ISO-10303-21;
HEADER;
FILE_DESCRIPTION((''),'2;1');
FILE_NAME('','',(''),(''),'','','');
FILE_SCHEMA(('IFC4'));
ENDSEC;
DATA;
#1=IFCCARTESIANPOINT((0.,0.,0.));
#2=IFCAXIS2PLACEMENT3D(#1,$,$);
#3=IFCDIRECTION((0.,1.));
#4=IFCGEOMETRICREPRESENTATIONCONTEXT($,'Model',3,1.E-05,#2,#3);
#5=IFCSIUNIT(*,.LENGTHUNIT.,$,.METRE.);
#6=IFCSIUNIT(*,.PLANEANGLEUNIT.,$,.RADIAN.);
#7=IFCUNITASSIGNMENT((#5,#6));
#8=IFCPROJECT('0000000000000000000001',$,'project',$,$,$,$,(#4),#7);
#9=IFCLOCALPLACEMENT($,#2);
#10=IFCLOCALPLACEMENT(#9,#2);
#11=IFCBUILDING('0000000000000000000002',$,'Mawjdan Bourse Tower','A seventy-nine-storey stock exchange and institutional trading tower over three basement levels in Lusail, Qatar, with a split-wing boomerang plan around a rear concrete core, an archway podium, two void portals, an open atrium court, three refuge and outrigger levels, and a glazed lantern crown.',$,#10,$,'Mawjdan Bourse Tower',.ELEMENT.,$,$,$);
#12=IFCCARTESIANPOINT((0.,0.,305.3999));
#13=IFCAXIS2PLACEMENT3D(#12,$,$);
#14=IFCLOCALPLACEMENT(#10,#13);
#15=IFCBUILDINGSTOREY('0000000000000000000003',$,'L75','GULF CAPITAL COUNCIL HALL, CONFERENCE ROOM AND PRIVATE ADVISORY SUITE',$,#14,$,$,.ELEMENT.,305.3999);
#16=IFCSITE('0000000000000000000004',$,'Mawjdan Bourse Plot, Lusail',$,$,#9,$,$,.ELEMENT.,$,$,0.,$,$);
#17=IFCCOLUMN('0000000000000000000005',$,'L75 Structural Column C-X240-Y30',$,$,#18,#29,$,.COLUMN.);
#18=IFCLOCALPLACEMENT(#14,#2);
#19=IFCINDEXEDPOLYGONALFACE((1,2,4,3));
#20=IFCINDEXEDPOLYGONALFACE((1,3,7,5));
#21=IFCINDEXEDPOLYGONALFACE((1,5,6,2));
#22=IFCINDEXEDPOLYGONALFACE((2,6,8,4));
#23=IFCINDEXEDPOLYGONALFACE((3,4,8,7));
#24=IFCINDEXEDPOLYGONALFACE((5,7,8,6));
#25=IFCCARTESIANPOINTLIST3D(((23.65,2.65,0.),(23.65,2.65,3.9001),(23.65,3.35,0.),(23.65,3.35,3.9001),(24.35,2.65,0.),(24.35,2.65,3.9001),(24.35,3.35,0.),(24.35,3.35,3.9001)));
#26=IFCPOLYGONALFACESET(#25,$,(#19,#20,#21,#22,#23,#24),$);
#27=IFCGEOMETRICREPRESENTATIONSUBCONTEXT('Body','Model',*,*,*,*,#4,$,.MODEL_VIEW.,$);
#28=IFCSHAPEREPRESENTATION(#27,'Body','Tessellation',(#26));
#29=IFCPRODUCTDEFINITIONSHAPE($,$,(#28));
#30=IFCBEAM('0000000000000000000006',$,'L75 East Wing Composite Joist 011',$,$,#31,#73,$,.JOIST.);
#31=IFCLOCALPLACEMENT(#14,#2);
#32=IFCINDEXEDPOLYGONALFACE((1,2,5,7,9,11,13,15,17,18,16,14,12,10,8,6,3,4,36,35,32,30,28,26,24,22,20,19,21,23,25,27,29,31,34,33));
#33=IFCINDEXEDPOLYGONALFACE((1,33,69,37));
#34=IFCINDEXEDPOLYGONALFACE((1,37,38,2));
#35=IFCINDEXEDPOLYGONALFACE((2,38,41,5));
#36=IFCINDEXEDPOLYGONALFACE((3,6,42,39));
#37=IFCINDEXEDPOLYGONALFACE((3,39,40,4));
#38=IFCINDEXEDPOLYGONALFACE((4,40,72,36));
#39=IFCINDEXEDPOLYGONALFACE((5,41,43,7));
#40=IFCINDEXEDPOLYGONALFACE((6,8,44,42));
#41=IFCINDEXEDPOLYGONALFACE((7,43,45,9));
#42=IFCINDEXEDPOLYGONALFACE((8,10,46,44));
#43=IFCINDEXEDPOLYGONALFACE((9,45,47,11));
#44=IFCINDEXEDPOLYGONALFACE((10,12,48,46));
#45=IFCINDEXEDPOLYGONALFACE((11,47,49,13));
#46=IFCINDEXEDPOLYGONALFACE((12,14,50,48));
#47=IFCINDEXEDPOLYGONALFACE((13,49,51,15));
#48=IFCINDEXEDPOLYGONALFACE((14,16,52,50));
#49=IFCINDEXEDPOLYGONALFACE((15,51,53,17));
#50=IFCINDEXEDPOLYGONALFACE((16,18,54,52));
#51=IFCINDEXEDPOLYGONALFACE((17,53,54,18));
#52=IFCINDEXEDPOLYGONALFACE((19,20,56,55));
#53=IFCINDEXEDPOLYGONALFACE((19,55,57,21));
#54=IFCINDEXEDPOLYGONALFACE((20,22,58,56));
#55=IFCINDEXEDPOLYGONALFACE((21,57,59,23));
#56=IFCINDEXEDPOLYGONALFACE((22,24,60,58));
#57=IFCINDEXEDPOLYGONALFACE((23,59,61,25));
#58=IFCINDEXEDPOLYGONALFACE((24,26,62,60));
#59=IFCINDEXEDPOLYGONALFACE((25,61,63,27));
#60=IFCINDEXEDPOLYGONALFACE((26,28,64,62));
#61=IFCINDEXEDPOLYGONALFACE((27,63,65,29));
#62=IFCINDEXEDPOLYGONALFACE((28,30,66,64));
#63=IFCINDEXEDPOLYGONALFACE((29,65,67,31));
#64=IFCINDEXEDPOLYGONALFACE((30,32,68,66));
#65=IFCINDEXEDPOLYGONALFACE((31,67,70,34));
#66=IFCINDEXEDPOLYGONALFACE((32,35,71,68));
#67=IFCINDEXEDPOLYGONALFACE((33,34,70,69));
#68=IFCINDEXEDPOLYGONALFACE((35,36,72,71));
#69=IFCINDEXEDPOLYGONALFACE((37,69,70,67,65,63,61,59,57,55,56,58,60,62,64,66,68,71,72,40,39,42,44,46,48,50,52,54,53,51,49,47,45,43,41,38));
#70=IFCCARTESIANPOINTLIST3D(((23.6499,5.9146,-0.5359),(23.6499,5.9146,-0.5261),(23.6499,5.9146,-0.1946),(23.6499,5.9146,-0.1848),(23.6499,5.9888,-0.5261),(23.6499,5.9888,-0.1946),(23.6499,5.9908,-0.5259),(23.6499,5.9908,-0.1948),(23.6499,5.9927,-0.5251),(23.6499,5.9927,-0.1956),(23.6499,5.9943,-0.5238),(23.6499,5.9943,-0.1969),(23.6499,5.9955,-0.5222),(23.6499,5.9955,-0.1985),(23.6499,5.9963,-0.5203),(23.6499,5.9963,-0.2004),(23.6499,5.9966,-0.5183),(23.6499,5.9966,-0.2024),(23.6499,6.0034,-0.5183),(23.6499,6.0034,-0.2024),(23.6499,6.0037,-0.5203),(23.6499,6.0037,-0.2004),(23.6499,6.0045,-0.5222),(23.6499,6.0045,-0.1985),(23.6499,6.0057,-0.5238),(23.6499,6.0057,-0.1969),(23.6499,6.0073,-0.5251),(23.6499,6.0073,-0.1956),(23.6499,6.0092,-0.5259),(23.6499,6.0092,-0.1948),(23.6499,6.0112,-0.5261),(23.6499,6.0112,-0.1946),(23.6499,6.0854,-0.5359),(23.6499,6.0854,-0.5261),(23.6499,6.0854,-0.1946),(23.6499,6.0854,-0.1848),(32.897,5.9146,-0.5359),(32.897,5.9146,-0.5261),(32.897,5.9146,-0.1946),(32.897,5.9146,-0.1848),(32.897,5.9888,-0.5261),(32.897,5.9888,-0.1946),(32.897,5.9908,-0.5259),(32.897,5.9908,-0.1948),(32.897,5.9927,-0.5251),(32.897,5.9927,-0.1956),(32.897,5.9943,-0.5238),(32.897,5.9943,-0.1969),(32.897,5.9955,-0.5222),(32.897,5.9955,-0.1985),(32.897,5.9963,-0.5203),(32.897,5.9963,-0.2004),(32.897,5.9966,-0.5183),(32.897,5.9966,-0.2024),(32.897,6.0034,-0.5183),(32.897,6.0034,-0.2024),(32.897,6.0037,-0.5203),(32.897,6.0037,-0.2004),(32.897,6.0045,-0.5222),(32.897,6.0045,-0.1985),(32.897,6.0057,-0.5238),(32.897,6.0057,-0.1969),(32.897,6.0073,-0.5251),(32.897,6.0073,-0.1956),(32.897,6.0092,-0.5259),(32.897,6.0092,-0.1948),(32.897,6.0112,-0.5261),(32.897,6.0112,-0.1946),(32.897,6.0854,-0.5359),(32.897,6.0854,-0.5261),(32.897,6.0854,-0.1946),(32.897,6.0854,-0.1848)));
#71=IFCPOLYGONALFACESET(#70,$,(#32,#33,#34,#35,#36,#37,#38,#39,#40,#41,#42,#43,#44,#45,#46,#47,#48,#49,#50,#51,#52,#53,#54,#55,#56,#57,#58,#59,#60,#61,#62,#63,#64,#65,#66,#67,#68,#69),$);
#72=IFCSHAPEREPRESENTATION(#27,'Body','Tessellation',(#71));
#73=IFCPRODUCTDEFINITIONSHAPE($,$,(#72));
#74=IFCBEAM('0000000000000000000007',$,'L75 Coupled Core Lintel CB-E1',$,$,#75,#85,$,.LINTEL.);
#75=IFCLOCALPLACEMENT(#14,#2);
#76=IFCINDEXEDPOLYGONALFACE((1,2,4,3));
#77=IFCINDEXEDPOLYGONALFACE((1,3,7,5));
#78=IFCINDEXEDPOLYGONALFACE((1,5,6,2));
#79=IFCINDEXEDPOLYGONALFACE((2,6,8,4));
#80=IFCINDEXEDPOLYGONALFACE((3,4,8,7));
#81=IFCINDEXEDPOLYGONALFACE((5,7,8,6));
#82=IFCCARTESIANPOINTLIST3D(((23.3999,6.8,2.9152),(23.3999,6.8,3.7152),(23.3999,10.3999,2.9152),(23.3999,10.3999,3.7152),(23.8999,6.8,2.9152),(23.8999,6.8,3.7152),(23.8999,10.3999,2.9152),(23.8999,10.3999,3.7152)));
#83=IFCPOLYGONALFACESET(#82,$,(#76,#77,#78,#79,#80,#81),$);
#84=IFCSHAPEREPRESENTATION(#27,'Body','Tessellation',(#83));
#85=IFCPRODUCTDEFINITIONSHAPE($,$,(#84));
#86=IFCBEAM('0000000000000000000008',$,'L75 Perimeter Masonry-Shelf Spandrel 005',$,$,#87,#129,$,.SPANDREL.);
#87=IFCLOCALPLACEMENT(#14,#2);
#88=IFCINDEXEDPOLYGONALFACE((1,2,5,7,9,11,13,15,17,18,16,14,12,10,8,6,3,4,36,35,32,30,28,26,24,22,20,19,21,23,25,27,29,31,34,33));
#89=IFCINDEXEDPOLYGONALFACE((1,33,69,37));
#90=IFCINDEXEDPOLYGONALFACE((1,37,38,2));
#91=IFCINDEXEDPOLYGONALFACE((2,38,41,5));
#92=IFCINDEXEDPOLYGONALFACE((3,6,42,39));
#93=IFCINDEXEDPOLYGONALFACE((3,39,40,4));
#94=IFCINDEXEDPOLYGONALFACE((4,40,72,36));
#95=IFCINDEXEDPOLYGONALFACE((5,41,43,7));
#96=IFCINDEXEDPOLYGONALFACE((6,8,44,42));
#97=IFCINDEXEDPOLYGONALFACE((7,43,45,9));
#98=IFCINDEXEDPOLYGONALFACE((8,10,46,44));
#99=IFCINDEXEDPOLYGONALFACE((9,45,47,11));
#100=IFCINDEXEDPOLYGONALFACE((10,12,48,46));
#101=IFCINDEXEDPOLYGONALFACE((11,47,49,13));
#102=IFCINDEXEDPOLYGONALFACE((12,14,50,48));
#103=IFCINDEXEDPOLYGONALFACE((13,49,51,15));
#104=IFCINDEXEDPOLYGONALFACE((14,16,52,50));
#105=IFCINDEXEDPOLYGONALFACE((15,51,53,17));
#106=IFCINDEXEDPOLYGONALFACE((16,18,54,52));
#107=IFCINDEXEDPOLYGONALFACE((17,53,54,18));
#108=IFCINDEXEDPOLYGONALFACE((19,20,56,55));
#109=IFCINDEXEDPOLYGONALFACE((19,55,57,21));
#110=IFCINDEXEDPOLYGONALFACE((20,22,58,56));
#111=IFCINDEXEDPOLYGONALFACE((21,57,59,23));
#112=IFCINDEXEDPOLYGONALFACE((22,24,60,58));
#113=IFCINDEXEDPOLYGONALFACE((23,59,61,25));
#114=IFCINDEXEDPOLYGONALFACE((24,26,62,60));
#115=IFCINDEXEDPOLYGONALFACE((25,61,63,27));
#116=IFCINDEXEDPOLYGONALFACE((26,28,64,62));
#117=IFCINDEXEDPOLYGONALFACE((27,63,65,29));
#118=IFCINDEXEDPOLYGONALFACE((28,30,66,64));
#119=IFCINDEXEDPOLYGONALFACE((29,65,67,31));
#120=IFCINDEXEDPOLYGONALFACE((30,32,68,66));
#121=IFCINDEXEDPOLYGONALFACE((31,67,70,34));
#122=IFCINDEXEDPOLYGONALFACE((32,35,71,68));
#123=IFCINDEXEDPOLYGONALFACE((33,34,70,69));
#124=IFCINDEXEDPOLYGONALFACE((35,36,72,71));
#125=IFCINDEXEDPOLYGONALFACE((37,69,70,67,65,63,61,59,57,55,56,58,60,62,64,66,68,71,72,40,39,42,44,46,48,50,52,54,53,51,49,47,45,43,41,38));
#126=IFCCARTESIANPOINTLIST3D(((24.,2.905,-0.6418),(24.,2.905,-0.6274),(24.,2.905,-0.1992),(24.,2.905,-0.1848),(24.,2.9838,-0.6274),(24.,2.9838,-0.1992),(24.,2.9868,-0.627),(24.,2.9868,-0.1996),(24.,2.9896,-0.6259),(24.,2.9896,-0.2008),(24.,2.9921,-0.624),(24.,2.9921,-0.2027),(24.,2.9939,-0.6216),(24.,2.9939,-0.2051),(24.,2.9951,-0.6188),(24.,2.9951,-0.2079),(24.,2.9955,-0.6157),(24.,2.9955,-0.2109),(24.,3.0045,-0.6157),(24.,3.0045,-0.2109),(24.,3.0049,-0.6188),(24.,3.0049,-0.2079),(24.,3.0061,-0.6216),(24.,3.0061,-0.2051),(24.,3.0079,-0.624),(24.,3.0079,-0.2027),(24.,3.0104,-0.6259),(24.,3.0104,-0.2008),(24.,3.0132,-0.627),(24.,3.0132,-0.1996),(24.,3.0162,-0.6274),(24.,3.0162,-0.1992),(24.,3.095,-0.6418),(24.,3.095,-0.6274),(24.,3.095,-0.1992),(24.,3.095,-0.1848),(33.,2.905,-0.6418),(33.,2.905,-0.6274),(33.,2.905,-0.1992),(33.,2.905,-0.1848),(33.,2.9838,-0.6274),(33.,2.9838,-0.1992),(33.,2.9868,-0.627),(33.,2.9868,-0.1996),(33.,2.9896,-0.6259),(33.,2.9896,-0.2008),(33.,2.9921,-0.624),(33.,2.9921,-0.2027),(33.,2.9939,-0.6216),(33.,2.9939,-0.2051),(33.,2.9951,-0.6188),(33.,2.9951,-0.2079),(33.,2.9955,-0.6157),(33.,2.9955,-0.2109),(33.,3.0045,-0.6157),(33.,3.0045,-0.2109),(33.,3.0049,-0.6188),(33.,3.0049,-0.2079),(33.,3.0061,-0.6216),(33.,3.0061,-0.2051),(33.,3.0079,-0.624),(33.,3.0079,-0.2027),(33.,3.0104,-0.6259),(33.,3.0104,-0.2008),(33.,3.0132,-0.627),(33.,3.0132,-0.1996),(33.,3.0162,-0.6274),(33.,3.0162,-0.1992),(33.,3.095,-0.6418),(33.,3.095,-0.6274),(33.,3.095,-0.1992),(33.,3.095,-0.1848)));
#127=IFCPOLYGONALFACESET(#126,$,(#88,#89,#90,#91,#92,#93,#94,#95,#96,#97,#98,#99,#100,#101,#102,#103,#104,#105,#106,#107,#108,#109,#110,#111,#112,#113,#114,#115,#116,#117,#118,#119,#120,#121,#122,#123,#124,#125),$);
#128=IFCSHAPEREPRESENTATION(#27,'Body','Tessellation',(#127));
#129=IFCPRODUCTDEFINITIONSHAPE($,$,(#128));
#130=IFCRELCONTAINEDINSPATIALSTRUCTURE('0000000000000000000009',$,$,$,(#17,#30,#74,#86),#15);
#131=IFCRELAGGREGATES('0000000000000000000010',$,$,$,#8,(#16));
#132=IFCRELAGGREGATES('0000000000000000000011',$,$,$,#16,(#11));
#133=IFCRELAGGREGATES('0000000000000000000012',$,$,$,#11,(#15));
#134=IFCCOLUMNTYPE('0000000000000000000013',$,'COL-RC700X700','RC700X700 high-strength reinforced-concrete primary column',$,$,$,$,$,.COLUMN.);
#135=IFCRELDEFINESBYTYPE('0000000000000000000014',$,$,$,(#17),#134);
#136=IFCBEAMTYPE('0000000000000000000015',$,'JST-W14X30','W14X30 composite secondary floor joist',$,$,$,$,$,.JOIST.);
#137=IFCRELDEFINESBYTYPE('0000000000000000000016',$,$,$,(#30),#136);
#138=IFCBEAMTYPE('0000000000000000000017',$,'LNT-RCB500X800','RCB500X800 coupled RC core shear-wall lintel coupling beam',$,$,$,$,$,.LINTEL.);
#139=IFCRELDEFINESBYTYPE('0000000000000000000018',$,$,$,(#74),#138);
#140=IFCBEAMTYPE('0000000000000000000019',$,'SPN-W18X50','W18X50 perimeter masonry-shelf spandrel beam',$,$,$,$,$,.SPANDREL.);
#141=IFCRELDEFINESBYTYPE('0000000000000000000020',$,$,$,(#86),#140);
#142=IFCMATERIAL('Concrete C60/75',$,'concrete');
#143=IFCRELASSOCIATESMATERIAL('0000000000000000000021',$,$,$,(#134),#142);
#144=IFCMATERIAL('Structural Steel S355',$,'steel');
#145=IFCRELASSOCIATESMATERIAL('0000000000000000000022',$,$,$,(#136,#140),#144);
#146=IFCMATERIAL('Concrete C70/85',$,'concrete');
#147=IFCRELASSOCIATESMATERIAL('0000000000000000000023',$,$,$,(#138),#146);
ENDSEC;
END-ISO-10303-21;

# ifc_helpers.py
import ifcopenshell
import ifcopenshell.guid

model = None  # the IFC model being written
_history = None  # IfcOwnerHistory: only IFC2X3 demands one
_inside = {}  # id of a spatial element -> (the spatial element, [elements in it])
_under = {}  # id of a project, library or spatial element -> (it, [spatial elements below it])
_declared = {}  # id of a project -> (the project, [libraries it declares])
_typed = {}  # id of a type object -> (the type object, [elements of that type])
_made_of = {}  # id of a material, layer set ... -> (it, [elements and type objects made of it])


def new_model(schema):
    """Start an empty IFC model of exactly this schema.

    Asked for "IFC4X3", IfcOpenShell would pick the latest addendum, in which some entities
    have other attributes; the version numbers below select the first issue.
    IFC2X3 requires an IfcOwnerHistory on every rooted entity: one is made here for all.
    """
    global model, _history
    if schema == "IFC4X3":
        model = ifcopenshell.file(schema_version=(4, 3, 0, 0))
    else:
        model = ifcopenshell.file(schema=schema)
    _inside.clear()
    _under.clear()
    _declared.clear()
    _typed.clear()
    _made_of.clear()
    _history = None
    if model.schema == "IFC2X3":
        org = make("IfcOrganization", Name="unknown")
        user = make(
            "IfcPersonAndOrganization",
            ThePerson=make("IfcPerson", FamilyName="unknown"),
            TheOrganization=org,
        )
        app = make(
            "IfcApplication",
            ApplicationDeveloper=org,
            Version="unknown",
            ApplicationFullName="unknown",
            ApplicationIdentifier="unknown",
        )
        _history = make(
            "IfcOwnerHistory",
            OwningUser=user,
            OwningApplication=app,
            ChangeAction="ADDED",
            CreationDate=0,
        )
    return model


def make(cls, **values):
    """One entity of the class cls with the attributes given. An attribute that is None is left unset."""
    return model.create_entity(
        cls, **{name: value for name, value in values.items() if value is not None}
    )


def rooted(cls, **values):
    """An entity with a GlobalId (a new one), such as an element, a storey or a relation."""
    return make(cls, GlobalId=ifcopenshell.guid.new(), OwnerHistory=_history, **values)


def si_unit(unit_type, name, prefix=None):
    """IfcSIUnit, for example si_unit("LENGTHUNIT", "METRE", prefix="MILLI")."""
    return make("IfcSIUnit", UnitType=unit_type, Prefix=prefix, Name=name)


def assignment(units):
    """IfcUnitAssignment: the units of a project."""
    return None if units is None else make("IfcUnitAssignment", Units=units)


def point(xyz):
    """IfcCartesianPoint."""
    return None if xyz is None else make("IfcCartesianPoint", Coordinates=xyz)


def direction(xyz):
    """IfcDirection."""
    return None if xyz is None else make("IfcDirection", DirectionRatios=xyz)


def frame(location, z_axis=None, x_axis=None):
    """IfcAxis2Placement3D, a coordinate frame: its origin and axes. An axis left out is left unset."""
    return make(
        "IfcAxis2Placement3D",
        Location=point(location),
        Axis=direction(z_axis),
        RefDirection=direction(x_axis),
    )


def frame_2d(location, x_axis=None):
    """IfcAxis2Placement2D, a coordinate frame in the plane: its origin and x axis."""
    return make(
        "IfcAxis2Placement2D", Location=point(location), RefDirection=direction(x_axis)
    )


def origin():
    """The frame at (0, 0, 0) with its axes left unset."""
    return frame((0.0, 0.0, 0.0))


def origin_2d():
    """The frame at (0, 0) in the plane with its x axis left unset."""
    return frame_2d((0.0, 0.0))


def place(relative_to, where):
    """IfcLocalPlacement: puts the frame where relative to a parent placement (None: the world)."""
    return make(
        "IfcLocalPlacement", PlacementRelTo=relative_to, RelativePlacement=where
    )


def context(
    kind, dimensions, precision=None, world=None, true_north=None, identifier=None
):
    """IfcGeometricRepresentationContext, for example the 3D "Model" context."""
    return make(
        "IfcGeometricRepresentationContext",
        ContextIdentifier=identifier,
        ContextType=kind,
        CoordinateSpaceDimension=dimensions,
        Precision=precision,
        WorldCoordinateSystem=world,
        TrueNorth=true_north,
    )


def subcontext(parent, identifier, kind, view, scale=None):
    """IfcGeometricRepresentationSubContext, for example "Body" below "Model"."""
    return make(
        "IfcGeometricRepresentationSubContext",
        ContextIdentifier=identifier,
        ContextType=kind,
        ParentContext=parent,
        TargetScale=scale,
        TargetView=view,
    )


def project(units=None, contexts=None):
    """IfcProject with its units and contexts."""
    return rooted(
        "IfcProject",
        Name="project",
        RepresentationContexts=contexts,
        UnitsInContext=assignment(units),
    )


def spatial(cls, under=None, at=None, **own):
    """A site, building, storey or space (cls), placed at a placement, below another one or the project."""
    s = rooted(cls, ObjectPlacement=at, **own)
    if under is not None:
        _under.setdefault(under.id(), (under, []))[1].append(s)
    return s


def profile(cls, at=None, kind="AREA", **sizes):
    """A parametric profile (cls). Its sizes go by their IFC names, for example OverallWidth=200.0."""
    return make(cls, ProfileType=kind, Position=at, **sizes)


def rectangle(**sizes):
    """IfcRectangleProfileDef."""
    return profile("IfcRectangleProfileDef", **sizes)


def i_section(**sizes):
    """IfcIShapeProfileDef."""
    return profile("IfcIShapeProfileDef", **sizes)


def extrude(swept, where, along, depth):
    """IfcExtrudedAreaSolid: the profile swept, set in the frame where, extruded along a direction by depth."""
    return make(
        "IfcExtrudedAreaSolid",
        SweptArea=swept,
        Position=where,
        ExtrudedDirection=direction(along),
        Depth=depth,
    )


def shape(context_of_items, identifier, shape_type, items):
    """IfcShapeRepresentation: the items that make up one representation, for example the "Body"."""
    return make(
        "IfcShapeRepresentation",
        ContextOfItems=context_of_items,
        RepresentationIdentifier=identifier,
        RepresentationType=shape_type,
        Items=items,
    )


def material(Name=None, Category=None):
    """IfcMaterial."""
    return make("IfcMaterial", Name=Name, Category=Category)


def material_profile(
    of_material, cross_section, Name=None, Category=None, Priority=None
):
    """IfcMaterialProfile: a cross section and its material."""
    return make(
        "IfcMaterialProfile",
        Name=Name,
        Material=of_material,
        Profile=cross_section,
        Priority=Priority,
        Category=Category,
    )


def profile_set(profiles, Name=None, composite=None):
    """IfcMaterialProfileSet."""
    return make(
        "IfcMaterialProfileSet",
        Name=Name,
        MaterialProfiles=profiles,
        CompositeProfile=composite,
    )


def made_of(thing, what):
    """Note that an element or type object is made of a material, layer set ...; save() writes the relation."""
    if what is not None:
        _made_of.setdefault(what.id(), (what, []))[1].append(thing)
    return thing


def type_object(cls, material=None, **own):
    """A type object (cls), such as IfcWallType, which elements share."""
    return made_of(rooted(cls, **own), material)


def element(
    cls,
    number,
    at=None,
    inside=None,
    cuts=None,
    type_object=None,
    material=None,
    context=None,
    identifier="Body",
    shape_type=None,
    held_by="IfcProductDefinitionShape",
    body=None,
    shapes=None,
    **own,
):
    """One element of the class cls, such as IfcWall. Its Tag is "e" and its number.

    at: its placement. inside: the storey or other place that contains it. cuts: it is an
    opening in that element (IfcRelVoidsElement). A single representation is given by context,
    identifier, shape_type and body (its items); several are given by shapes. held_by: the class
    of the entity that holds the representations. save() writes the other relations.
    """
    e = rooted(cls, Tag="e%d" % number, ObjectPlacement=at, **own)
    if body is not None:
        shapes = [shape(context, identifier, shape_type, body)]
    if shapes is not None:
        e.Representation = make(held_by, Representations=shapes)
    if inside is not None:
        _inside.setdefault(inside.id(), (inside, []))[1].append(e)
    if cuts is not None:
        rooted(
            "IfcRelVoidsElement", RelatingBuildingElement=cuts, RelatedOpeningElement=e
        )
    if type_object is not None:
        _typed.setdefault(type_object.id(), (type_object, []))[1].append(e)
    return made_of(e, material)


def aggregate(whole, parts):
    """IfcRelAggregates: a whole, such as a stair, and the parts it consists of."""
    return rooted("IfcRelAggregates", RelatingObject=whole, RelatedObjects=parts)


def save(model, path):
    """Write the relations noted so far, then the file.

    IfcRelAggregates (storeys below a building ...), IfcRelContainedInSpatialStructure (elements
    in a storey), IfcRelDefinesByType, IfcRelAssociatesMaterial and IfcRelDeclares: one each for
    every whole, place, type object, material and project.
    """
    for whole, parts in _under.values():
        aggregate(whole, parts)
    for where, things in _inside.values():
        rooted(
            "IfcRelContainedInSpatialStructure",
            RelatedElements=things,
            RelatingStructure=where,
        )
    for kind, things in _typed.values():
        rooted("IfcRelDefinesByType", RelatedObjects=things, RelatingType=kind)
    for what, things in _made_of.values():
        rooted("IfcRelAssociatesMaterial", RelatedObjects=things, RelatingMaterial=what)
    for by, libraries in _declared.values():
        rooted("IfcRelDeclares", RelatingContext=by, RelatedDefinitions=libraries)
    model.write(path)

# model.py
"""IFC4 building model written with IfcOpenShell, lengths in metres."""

from ifc_helpers import new_model, si_unit, direction, frame, origin, origin_2d, place, context, subcontext, project, spatial, rectangle, i_section, extrude, material, material_profile, profile_set, type_object, element, save


model = new_model("IFC4")

# Units and contexts
model_context = context("Model", 3, precision=1e-05, world=origin(), true_north=direction((0.0, 1.0)))
body_context = subcontext(model_context, "Body", "Model", "MODEL_VIEW")
ifc_project = project(units=[si_unit("LENGTHUNIT", "METRE"), si_unit("PLANEANGLEUNIT", "RADIAN")], contexts=[model_context])

# Site, building, storey
site_placement = place(None, origin())
site = spatial("IfcSite", under=ifc_project, at=site_placement, Name="Mawjdan Bourse Plot, Lusail", CompositionType="ELEMENT", RefElevation=0.0)
building_placement = place(site_placement, origin())
building = spatial("IfcBuilding", under=site, at=building_placement, Name="Mawjdan Bourse Tower", Description="A seventy-nine-storey stock exchange and institutional trading tower over three basement levels in Lusail, Qatar, with a split-wing boomerang plan around a rear concrete core, an archway podium, two void portals, an open atrium court, three refuge and outrigger levels, and a glazed lantern crown.", LongName="Mawjdan Bourse Tower", CompositionType="ELEMENT")
storey_placement = place(building_placement, frame((0.0, 0.0, 305.3999)))
storey = spatial("IfcBuildingStorey", under=building, at=storey_placement, Name="L75", Description="GULF CAPITAL COUNCIL HALL, CONFERENCE ROOM AND PRIVATE ADVISORY SUITE", CompositionType="ELEMENT", Elevation=305.3999)

# Column
ifc_material_1 = material(Name="Concrete C60/75", Category="concrete")
ifc_material_profile_1 = material_profile(ifc_material_1, rectangle(XDim=0.7, YDim=0.7, at=origin_2d()), Name="RC700X700")
ifc_profile_set_1 = profile_set([ifc_material_profile_1], Name="Concrete C60/75")
column_type = type_object("IfcColumnType", Name="COL-RC700X700", Description="RC700X700 high-strength reinforced-concrete primary column", PredefinedType="COLUMN", material=ifc_profile_set_1)
column_placement = place(storey_placement, frame((24.0, 3.0, 0.0), z_axis=(0.0, 0.0, 1.0), x_axis=(1.0, 0.0, 0.0)))
element("IfcColumn", 1, at=column_placement, inside=storey, type_object=column_type, Name="L75 Structural Column C-X240-Y30", PredefinedType="COLUMN", context=body_context, shape_type="SweptSolid", body=[
    extrude(rectangle(XDim=0.7, YDim=0.7, at=origin_2d()), origin(), (0.0, 0.0, 1.0), 3.9001),
])

# Beams
ifc_material_2 = material(Name="Structural Steel S355", Category="steel")
ifc_material_profile_2 = material_profile(ifc_material_2, i_section(OverallWidth=0.1709, OverallDepth=0.3511, WebThickness=0.0068, FlangeThickness=0.0098, FilletRadius=0.0078, at=origin_2d()), Name="W14X30")
ifc_profile_set_2 = profile_set([ifc_material_profile_2], Name="Structural Steel S355")
beam_type_1 = type_object("IfcBeamType", Name="JST-W14X30", Description="W14X30 composite secondary floor joist", PredefinedType="JOIST", material=ifc_profile_set_2)
beam_1_placement = place(storey_placement, frame((23.6499, 6.0, -0.3604), z_axis=(1.0, 0.0, 0.0), x_axis=(0.0, 1.0, 0.0)))
element("IfcBeam", 2, at=beam_1_placement, inside=storey, type_object=beam_type_1, Name="L75 East Wing Composite Joist 011", PredefinedType="JOIST", context=body_context, shape_type="SweptSolid", body=[
    extrude(i_section(OverallWidth=0.1709, OverallDepth=0.3511, WebThickness=0.0068, FlangeThickness=0.0098, FilletRadius=0.0078, at=origin_2d()), origin(), (0.0, 0.0, 1.0), 9.2471),
])
ifc_material_3 = material(Name="Concrete C70/85", Category="concrete")
ifc_material_profile_3 = material_profile(ifc_material_3, rectangle(XDim=0.5, YDim=0.8, at=origin_2d()), Name="RCB500X800")
ifc_profile_set_3 = profile_set([ifc_material_profile_3], Name="Concrete C70/85")
beam_type_2 = type_object("IfcBeamType", Name="LNT-RCB500X800", Description="RCB500X800 coupled RC core shear-wall lintel coupling beam", PredefinedType="LINTEL", material=ifc_profile_set_3)
beam_2_placement = place(storey_placement, frame((23.6499, 6.8, 3.3152), z_axis=(0.0, 1.0, 0.0), x_axis=(-1.0, 0.0, 0.0)))
element("IfcBeam", 3, at=beam_2_placement, inside=storey, type_object=beam_type_2, Name="L75 Coupled Core Lintel CB-E1", PredefinedType="LINTEL", context=body_context, shape_type="SweptSolid", body=[
    extrude(rectangle(XDim=0.5, YDim=0.8, at=origin_2d()), origin(), (0.0, 0.0, 1.0), 3.5999),
])
ifc_material_profile_4 = material_profile(ifc_material_2, i_section(OverallWidth=0.1899, OverallDepth=0.457, WebThickness=0.009, FlangeThickness=0.0144, FilletRadius=0.0117, at=origin_2d()), Name="W18X50")
ifc_profile_set_4 = profile_set([ifc_material_profile_4], Name="Structural Steel S355")
beam_type_3 = type_object("IfcBeamType", Name="SPN-W18X50", Description="W18X50 perimeter masonry-shelf spandrel beam", PredefinedType="SPANDREL", material=ifc_profile_set_4)
beam_3_placement = place(storey_placement, frame((24.0, 3.0, -0.4133), z_axis=(1.0, 0.0, 0.0), x_axis=(0.0, 1.0, 0.0)))
element("IfcBeam", 4, at=beam_3_placement, inside=storey, type_object=beam_type_3, Name="L75 Perimeter Masonry-Shelf Spandrel 005", PredefinedType="SPANDREL", context=body_context, shape_type="SweptSolid", body=[
    extrude(i_section(OverallWidth=0.1899, OverallDepth=0.457, WebThickness=0.009, FlangeThickness=0.0144, FilletRadius=0.0117, at=origin_2d()), origin(), (0.0, 0.0, 1.0), 9.0),
])

save(model, "model.ifc")
